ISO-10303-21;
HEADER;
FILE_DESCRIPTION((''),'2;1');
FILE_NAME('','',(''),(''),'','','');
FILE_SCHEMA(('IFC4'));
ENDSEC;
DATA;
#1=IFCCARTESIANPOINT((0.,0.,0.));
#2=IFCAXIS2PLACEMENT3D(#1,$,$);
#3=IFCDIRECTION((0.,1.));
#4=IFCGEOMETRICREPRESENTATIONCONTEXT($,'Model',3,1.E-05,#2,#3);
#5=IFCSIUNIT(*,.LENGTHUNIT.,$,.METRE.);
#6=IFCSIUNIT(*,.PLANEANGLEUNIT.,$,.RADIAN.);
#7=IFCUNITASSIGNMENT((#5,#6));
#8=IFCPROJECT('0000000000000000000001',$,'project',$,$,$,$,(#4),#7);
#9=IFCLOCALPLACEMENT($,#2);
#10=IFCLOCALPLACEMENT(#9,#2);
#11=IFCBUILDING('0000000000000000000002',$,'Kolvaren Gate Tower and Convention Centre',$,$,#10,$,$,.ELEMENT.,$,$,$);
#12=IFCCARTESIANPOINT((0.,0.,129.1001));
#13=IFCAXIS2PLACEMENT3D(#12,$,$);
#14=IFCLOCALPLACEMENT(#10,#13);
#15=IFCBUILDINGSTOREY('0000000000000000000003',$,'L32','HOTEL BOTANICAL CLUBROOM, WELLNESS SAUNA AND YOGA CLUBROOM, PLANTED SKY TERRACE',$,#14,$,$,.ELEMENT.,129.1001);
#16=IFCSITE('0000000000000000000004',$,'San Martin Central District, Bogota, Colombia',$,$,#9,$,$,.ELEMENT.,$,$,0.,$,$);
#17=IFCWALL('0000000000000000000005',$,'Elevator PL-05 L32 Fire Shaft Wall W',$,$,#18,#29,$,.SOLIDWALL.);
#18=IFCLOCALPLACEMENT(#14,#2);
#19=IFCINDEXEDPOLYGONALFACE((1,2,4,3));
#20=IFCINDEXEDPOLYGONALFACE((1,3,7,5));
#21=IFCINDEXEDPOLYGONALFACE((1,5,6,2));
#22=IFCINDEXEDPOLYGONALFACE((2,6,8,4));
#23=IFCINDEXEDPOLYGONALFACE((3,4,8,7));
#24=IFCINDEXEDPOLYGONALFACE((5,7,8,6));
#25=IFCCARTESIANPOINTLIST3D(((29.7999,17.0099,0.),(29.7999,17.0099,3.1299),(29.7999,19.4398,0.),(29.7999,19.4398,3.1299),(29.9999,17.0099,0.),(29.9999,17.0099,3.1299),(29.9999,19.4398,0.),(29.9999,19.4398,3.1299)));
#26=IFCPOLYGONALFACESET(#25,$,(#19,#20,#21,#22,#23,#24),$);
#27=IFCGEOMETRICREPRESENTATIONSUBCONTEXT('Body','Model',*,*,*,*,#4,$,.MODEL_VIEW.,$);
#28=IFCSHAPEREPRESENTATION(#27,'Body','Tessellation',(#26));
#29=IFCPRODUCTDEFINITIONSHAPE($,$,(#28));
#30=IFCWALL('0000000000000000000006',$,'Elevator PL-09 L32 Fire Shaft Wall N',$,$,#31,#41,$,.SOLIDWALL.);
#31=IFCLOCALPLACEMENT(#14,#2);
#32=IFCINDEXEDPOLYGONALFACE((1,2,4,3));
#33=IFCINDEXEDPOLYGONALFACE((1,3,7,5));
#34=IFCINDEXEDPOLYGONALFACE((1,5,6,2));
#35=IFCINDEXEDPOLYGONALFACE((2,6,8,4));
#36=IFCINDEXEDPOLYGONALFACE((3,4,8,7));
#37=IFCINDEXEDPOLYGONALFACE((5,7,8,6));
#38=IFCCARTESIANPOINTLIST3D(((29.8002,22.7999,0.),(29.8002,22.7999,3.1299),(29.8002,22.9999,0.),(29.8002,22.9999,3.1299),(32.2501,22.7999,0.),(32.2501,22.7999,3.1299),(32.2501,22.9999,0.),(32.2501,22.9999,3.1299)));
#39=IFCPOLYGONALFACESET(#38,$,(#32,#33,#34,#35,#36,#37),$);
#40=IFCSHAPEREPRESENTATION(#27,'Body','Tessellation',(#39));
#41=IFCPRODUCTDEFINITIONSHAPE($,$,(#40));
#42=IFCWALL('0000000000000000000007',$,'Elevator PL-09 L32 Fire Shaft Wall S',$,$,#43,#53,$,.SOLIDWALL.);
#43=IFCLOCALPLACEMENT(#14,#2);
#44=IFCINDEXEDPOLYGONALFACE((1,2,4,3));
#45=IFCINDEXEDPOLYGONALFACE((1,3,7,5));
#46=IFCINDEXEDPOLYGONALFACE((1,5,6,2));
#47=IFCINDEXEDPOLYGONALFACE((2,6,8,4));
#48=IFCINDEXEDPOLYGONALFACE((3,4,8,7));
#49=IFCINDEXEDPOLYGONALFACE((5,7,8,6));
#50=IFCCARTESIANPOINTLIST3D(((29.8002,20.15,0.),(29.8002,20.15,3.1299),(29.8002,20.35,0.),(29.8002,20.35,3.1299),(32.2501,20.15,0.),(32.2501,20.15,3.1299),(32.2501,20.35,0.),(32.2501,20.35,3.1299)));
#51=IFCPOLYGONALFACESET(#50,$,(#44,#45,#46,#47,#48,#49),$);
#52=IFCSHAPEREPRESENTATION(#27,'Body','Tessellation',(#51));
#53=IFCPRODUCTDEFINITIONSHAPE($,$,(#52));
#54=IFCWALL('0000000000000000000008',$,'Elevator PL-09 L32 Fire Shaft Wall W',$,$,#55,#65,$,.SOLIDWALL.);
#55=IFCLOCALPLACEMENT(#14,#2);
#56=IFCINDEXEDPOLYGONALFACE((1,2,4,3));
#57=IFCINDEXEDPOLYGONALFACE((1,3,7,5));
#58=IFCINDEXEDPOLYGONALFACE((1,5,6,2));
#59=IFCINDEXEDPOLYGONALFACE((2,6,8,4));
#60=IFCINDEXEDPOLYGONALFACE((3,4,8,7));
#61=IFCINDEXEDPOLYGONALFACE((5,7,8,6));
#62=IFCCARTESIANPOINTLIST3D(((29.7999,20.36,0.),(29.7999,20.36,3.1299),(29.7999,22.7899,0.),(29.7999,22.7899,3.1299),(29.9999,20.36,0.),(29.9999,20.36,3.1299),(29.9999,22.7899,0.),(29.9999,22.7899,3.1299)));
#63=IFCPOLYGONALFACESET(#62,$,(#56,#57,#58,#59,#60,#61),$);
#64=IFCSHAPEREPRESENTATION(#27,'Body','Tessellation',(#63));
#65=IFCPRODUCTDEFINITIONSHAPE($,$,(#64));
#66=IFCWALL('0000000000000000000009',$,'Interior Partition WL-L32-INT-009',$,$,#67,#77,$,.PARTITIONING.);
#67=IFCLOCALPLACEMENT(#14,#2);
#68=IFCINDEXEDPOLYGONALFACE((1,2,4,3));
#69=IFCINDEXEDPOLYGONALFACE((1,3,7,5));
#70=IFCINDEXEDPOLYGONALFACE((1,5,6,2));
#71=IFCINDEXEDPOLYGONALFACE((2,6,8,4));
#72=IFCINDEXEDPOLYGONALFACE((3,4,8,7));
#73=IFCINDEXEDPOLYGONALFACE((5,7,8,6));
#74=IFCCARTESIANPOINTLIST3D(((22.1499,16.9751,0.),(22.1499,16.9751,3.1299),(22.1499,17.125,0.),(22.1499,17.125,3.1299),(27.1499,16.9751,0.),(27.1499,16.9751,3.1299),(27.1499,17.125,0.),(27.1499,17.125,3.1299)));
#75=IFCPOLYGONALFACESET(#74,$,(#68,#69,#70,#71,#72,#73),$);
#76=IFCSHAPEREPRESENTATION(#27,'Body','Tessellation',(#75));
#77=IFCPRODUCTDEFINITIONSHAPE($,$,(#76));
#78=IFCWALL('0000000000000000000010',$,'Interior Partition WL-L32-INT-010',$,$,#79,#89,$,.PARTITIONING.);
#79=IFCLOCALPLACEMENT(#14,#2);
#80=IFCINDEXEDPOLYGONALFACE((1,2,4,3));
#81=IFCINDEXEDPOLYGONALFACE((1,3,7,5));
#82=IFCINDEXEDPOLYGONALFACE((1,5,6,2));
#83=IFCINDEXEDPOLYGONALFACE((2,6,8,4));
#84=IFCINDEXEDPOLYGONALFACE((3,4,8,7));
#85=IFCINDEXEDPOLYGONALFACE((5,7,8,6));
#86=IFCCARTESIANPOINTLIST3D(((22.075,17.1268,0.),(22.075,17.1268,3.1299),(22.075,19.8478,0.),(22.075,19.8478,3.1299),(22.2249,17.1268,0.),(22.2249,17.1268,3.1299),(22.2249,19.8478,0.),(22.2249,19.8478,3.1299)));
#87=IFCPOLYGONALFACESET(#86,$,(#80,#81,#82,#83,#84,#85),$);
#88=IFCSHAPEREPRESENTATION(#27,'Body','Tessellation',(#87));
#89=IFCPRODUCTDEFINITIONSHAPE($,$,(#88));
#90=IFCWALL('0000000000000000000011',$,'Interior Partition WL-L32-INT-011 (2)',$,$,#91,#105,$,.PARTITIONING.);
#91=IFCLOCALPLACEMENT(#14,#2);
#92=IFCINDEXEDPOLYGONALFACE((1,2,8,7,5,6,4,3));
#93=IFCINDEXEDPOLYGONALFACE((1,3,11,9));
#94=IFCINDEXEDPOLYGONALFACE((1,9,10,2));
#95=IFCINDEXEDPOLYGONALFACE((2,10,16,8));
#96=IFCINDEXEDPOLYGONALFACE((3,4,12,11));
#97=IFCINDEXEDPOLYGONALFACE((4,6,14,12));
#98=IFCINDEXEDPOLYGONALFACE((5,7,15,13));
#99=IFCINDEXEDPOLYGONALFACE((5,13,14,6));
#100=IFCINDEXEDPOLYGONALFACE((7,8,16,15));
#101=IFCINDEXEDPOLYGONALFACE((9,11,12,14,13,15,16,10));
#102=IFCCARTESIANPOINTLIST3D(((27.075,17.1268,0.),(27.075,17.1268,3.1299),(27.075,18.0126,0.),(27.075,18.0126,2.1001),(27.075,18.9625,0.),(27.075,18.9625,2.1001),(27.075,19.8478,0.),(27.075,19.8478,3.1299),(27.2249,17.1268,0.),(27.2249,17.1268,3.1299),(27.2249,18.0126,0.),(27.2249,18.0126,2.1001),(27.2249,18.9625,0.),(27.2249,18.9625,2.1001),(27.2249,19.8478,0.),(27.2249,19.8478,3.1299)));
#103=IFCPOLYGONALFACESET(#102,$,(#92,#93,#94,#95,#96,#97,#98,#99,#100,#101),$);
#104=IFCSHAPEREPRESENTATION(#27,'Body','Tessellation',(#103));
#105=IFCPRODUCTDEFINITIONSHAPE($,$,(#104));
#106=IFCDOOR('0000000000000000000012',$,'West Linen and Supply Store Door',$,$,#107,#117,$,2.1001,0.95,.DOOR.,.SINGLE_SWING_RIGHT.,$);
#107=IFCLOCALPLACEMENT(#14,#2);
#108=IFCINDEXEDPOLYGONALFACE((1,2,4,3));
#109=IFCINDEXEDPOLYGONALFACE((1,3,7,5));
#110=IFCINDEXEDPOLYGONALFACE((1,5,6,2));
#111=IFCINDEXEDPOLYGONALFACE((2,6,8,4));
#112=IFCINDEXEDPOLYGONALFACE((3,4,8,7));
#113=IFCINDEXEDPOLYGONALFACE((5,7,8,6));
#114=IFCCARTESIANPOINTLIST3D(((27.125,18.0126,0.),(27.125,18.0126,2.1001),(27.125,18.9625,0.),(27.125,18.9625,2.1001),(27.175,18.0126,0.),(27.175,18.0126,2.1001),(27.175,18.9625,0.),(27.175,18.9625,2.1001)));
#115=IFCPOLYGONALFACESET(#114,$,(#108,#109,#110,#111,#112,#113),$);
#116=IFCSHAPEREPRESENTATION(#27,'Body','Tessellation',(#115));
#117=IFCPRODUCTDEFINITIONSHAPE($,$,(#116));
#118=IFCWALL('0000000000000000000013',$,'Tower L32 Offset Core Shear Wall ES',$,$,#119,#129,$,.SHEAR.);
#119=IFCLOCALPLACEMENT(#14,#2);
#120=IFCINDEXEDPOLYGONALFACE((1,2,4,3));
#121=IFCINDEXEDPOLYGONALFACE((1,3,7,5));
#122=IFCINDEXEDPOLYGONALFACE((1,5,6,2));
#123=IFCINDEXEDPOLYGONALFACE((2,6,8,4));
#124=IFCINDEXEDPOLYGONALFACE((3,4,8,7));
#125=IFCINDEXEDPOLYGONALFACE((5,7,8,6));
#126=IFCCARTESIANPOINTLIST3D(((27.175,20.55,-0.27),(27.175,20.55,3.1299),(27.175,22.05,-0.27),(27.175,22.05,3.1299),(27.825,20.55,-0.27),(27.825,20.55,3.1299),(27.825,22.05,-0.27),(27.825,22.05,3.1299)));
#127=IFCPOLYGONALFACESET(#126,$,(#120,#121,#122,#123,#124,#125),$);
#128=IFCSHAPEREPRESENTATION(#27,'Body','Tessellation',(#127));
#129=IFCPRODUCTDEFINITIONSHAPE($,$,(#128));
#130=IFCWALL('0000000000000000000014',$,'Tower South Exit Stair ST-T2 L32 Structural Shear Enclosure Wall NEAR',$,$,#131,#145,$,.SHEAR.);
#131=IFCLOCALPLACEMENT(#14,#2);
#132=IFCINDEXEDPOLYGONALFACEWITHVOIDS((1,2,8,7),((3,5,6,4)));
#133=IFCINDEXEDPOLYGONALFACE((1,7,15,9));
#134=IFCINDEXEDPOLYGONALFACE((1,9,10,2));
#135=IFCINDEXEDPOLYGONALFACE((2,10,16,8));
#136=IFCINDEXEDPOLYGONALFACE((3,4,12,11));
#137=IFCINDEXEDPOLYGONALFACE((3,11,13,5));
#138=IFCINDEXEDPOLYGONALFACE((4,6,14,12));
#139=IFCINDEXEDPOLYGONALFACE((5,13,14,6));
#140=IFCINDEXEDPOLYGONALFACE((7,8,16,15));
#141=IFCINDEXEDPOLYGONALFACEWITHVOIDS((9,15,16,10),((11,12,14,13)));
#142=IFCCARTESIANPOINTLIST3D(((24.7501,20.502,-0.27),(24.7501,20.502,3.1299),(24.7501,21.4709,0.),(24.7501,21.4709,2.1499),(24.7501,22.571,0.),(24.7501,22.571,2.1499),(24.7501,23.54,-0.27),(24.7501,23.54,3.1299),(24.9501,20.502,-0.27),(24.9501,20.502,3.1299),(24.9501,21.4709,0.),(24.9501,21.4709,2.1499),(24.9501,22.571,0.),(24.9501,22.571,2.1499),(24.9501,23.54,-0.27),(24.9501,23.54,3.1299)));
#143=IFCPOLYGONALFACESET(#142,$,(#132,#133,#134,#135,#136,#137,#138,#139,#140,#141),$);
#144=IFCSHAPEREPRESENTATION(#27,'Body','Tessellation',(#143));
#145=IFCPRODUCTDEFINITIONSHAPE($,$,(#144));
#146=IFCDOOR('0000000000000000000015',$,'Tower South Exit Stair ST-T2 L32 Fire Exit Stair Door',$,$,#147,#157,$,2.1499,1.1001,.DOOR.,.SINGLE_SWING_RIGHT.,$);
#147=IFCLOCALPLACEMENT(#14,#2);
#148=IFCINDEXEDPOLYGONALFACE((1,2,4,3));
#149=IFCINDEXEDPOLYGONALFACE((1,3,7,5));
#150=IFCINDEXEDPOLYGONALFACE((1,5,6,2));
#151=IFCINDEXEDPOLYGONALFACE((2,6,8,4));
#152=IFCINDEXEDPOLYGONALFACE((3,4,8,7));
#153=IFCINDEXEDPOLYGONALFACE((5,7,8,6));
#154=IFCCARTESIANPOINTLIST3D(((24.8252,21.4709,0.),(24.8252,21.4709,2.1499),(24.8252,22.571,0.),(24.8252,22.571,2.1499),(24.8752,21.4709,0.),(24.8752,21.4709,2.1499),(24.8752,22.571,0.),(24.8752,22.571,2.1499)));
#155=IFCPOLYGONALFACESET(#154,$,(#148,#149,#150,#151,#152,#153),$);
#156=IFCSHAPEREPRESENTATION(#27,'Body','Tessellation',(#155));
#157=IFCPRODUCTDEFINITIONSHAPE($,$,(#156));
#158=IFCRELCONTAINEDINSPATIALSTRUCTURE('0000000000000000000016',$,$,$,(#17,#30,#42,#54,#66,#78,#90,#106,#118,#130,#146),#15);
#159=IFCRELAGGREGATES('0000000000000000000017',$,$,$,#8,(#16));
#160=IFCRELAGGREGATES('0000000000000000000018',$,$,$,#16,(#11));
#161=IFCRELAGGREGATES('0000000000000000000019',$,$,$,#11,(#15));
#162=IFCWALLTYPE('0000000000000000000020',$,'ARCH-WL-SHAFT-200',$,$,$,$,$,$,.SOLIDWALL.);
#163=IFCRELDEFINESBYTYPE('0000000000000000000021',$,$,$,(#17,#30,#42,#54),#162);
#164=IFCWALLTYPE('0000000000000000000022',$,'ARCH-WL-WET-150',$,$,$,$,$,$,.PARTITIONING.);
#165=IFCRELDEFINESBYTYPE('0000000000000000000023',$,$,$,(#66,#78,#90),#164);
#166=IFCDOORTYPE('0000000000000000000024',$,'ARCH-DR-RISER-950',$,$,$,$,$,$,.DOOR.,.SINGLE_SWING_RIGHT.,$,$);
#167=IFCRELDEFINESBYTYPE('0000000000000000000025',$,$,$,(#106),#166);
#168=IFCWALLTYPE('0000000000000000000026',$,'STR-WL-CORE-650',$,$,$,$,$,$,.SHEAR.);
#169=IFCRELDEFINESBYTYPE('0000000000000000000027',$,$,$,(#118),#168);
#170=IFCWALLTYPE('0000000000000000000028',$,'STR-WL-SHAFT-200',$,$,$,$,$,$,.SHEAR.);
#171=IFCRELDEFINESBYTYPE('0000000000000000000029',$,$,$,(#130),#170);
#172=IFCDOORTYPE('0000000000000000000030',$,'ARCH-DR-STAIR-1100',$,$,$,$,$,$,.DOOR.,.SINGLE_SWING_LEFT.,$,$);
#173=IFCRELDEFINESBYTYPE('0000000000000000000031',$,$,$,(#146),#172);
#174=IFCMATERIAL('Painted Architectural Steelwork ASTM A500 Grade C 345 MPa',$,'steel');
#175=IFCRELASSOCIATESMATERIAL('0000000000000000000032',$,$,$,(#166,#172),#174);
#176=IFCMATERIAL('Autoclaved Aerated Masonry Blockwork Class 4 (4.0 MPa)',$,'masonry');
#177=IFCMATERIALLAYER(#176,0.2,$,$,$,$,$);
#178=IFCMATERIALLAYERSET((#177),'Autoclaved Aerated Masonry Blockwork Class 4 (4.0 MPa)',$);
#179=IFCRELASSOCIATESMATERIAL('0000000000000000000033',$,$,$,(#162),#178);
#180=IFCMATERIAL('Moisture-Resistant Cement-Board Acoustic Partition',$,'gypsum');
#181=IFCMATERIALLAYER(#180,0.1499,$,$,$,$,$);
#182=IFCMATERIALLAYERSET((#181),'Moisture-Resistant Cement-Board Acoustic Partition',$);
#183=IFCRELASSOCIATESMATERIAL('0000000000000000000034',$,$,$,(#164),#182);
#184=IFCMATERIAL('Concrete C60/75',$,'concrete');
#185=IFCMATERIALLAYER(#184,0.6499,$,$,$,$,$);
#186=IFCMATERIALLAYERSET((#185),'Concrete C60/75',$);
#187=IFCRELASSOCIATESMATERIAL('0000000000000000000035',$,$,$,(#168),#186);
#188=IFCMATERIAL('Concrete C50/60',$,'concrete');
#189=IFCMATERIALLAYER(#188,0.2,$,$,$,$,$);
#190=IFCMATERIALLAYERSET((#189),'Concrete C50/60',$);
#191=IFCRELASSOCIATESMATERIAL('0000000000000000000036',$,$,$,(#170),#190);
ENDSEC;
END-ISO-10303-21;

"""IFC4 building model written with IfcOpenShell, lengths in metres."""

from ifc_helpers import new_model, si_unit, direction, frame, frame_2d, origin, place, context, subcontext, project, spatial, rectangle, extrude, material, layer, layer_set, type_object, element, fill, save


model = new_model("IFC4")

# Units and contexts
model_context = context("Model", 3, precision=1e-05, world=origin(), true_north=direction((0.0, 1.0)))
body_context = subcontext(model_context, "Body", "Model", "MODEL_VIEW")
ifc_project = project(units=[si_unit("LENGTHUNIT", "METRE"), si_unit("PLANEANGLEUNIT", "RADIAN")], contexts=[model_context])

# Site, building, storey
site_placement = place(None, origin())
site = spatial("IfcSite", under=ifc_project, at=site_placement, Name="San Martin Central District, Bogota, Colombia", CompositionType="ELEMENT", RefElevation=0.0)
building_placement = place(site_placement, origin())
building = spatial("IfcBuilding", under=site, at=building_placement, Name="Kolvaren Gate Tower and Convention Centre", CompositionType="ELEMENT")
storey_placement = place(building_placement, frame((0.0, 0.0, 129.1001)))
storey = spatial("IfcBuildingStorey", under=building, at=storey_placement, Name="L32", Description="HOTEL BOTANICAL CLUBROOM, WELLNESS SAUNA AND YOGA CLUBROOM, PLANTED SKY TERRACE", CompositionType="ELEMENT", Elevation=129.1001)

# Shared definitions
ifc_material_1 = material(Name="Autoclaved Aerated Masonry Blockwork Class 4 (4.0 MPa)", Category="masonry")

# Shared definitions
ifc_material_2 = material(Name="Painted Architectural Steelwork ASTM A500 Grade C 345 MPa", Category="steel")
door_type_1 = type_object("IfcDoorType", Name="ARCH-DR-RISER-950", OperationType="SINGLE_SWING_RIGHT", PredefinedType="DOOR", material=ifc_material_2)

# Shared definitions
ifc_layer_1 = layer(ifc_material_1, 0.2)
ifc_layer_set_1 = layer_set([ifc_layer_1], Name="Autoclaved Aerated Masonry Blockwork Class 4 (4.0 MPa)")
wall_type_1 = type_object("IfcWallType", Name="ARCH-WL-SHAFT-200", PredefinedType="SOLIDWALL", material=ifc_layer_set_1)

# Walls
wall_1_placement = place(storey_placement, frame((29.8999, 17.01, 0.0), z_axis=(0.0, 0.0, 1.0), x_axis=(0.0, 1.0, 0.0)))
element("IfcWall", 1, at=wall_1_placement, inside=storey, type_object=wall_type_1, Name="Elevator PL-05 L32 Fire Shaft Wall W", PredefinedType="SOLIDWALL", context=body_context, shape_type="SweptSolid", body=[
    extrude(rectangle(XDim=2.4299, YDim=0.2, at=frame_2d((1.2148, 0.0))), origin(), (0.0, 0.0, 1.0), 3.1299),
])
for number, where, z_axis, x_axis, name in (
    (2, (29.8, 22.8999, 0.0), (0.0, 0.0, 1.0), (1.0, 0.0, 0.0), "Elevator PL-09 L32 Fire Shaft Wall N"),
    (3, (29.8, 20.25, 0.0), (0.0, 0.0, 1.0), (1.0, 0.0, 0.0), "Elevator PL-09 L32 Fire Shaft Wall S"),
):
    element("IfcWall", number, at=place(storey_placement, frame(where, z_axis=z_axis, x_axis=x_axis)), inside=storey, type_object=wall_type_1, Name=name, PredefinedType="SOLIDWALL", context=body_context, shape_type="SweptSolid", body=[
        extrude(rectangle(XDim=2.45, YDim=0.2, at=frame_2d((1.2251, 0.0))), origin(), (0.0, 0.0, 1.0), 3.1299),
    ])
wall_2_placement = place(storey_placement, frame((29.8999, 20.3601, 0.0), z_axis=(0.0, 0.0, 1.0), x_axis=(0.0, 1.0, 0.0)))
element("IfcWall", 4, at=wall_2_placement, inside=storey, type_object=wall_type_1, Name="Elevator PL-09 L32 Fire Shaft Wall W", PredefinedType="SOLIDWALL", context=body_context, shape_type="SweptSolid", body=[
    extrude(rectangle(XDim=2.4299, YDim=0.2, at=frame_2d((1.2148, 0.0))), origin(), (0.0, 0.0, 1.0), 3.1299),
])
ifc_material_3 = material(Name="Moisture-Resistant Cement-Board Acoustic Partition", Category="gypsum")
ifc_layer_2 = layer(ifc_material_3, 0.1499)
ifc_layer_set_2 = layer_set([ifc_layer_2], Name="Moisture-Resistant Cement-Board Acoustic Partition")
wall_type_2 = type_object("IfcWallType", Name="ARCH-WL-WET-150", PredefinedType="PARTITIONING", material=ifc_layer_set_2)
wall_3_placement = place(storey_placement, frame((22.1499, 17.05, 0.0), z_axis=(0.0, 0.0, 1.0), x_axis=(1.0, 0.0, 0.0)))
element("IfcWall", 5, at=wall_3_placement, inside=storey, type_object=wall_type_2, Name="Interior Partition WL-L32-INT-009", PredefinedType="PARTITIONING", context=body_context, shape_type="SweptSolid", body=[
    extrude(rectangle(XDim=5.0, YDim=0.1499, at=frame_2d((2.5, 0.0))), origin(), (0.0, 0.0, 1.0), 3.1299),
])
wall_4_placement = place(storey_placement, frame((22.1499, 17.127, 0.0), z_axis=(0.0, 0.0, 1.0), x_axis=(0.0, 1.0, 0.0)))
element("IfcWall", 6, at=wall_4_placement, inside=storey, type_object=wall_type_2, Name="Interior Partition WL-L32-INT-010", PredefinedType="PARTITIONING", context=body_context, shape_type="SweptSolid", body=[
    extrude(rectangle(XDim=2.7209, YDim=0.1499, at=frame_2d((1.3604, 0.0))), origin(), (0.0, 0.0, 1.0), 3.1299),
])

# Wall, opening, door
wall_5_placement = place(storey_placement, frame((27.1499, 17.127, 0.0), z_axis=(0.0, 0.0, 1.0), x_axis=(0.0, 1.0, 0.0)))
wall_5 = element("IfcWall", 7, at=wall_5_placement, inside=storey, type_object=wall_type_2, Name="Interior Partition WL-L32-INT-011 (2)", PredefinedType="PARTITIONING", context=body_context, shape_type="SweptSolid", body=[
    extrude(rectangle(XDim=2.7209, YDim=0.1499, at=frame_2d((1.3604, 0.0))), origin(), (0.0, 0.0, 1.0), 3.1299),
])
opening_1_placement = place(wall_5_placement, frame((0.8855, 0.0, 0.0)))
opening_1 = element("IfcOpeningElement", 8, at=opening_1_placement, cuts=wall_5, PredefinedType="OPENING", context=body_context, shape_type="SweptSolid", body=[
    extrude(rectangle(XDim=0.95, YDim=2.1001, at=frame_2d((0.4751, 1.05))), frame((0.0, 0.085, 0.0), z_axis=(0.0, -1.0, 0.0), x_axis=(1.0, 0.0, 0.0)), (0.0, 0.0, 1.0), 0.1699),
])
door_1_placement = place(opening_1_placement, origin())
door_1 = element("IfcDoor", 9, at=door_1_placement, inside=storey, type_object=door_type_1, Name="West Linen and Supply Store Door", OperationType="SINGLE_SWING_RIGHT", OverallHeight=2.1001, OverallWidth=0.95, PredefinedType="DOOR", context=body_context, shape_type="SweptSolid", body=[
    extrude(rectangle(XDim=0.95, YDim=2.1001, at=frame_2d((0.4751, 1.05))), frame((0.0, 0.0249, 0.0), z_axis=(0.0, -1.0, 0.0), x_axis=(1.0, 0.0, 0.0)), (0.0, 0.0, 1.0), 0.05),
])
fill(opening_1, door_1)

# Wall
ifc_material_4 = material(Name="Concrete C60/75", Category="concrete")
ifc_layer_3 = layer(ifc_material_4, 0.6499)
ifc_layer_set_3 = layer_set([ifc_layer_3], Name="Concrete C60/75")
wall_type_3 = type_object("IfcWallType", Name="STR-WL-CORE-650", PredefinedType="SHEAR", material=ifc_layer_set_3)
wall_6_placement = place(storey_placement, frame((27.5, 20.55, -0.27), z_axis=(0.0, 0.0, 1.0), x_axis=(0.0, 1.0, 0.0)))
element("IfcWall", 10, at=wall_6_placement, inside=storey, type_object=wall_type_3, Name="Tower L32 Offset Core Shear Wall ES", PredefinedType="SHEAR", context=body_context, shape_type="SweptSolid", body=[
    extrude(rectangle(XDim=1.5, YDim=0.6499, at=frame_2d((0.75, 0.0))), origin(), (0.0, 0.0, 1.0), 3.3999),
])

# Wall, opening, door
ifc_material_5 = material(Name="Concrete C50/60", Category="concrete")
ifc_layer_4 = layer(ifc_material_5, 0.2)
ifc_layer_set_4 = layer_set([ifc_layer_4], Name="Concrete C50/60")
wall_type_4 = type_object("IfcWallType", Name="STR-WL-SHAFT-200", PredefinedType="SHEAR", material=ifc_layer_set_4)
wall_7_placement = place(storey_placement, frame((24.8501, 20.502, -0.27), z_axis=(0.0, 0.0, 1.0), x_axis=(0.0, 1.0, 0.0)))
wall_7 = element("IfcWall", 11, at=wall_7_placement, inside=storey, type_object=wall_type_4, Name="Tower South Exit Stair ST-T2 L32 Structural Shear Enclosure Wall NEAR", PredefinedType="SHEAR", context=body_context, shape_type="SweptSolid", body=[
    extrude(rectangle(XDim=3.0381, YDim=0.2, at=frame_2d((1.519, 0.0))), origin(), (0.0, 0.0, 1.0), 3.3999),
])
opening_2_placement = place(wall_7_placement, frame((0.969, 0.0, 0.27)))
opening_2 = element("IfcOpeningElement", 12, at=opening_2_placement, cuts=wall_7, PredefinedType="OPENING", context=body_context, shape_type="SweptSolid", body=[
    extrude(rectangle(XDim=1.1001, YDim=2.1499, at=frame_2d((0.55, 1.075))), frame((0.0, 0.1099, 0.0), z_axis=(0.0, -1.0, 0.0), x_axis=(1.0, 0.0, 0.0)), (0.0, 0.0, 1.0), 0.22),
])
door_type_2 = type_object("IfcDoorType", Name="ARCH-DR-STAIR-1100", OperationType="SINGLE_SWING_LEFT", PredefinedType="DOOR", material=ifc_material_2)
door_2_placement = place(opening_2_placement, origin())
door_2 = element("IfcDoor", 13, at=door_2_placement, inside=storey, type_object=door_type_2, Name="Tower South Exit Stair ST-T2 L32 Fire Exit Stair Door", OperationType="SINGLE_SWING_RIGHT", OverallHeight=2.1499, OverallWidth=1.1001, PredefinedType="DOOR", context=body_context, shape_type="SweptSolid", body=[
    extrude(rectangle(XDim=1.1001, YDim=2.1499, at=frame_2d((0.55, 1.075))), frame((0.0, 0.0249, 0.0), z_axis=(0.0, -1.0, 0.0), x_axis=(1.0, 0.0, 0.0)), (0.0, 0.0, 1.0), 0.05),
])
fill(opening_2, door_2)

save(model, "model.ifc")
